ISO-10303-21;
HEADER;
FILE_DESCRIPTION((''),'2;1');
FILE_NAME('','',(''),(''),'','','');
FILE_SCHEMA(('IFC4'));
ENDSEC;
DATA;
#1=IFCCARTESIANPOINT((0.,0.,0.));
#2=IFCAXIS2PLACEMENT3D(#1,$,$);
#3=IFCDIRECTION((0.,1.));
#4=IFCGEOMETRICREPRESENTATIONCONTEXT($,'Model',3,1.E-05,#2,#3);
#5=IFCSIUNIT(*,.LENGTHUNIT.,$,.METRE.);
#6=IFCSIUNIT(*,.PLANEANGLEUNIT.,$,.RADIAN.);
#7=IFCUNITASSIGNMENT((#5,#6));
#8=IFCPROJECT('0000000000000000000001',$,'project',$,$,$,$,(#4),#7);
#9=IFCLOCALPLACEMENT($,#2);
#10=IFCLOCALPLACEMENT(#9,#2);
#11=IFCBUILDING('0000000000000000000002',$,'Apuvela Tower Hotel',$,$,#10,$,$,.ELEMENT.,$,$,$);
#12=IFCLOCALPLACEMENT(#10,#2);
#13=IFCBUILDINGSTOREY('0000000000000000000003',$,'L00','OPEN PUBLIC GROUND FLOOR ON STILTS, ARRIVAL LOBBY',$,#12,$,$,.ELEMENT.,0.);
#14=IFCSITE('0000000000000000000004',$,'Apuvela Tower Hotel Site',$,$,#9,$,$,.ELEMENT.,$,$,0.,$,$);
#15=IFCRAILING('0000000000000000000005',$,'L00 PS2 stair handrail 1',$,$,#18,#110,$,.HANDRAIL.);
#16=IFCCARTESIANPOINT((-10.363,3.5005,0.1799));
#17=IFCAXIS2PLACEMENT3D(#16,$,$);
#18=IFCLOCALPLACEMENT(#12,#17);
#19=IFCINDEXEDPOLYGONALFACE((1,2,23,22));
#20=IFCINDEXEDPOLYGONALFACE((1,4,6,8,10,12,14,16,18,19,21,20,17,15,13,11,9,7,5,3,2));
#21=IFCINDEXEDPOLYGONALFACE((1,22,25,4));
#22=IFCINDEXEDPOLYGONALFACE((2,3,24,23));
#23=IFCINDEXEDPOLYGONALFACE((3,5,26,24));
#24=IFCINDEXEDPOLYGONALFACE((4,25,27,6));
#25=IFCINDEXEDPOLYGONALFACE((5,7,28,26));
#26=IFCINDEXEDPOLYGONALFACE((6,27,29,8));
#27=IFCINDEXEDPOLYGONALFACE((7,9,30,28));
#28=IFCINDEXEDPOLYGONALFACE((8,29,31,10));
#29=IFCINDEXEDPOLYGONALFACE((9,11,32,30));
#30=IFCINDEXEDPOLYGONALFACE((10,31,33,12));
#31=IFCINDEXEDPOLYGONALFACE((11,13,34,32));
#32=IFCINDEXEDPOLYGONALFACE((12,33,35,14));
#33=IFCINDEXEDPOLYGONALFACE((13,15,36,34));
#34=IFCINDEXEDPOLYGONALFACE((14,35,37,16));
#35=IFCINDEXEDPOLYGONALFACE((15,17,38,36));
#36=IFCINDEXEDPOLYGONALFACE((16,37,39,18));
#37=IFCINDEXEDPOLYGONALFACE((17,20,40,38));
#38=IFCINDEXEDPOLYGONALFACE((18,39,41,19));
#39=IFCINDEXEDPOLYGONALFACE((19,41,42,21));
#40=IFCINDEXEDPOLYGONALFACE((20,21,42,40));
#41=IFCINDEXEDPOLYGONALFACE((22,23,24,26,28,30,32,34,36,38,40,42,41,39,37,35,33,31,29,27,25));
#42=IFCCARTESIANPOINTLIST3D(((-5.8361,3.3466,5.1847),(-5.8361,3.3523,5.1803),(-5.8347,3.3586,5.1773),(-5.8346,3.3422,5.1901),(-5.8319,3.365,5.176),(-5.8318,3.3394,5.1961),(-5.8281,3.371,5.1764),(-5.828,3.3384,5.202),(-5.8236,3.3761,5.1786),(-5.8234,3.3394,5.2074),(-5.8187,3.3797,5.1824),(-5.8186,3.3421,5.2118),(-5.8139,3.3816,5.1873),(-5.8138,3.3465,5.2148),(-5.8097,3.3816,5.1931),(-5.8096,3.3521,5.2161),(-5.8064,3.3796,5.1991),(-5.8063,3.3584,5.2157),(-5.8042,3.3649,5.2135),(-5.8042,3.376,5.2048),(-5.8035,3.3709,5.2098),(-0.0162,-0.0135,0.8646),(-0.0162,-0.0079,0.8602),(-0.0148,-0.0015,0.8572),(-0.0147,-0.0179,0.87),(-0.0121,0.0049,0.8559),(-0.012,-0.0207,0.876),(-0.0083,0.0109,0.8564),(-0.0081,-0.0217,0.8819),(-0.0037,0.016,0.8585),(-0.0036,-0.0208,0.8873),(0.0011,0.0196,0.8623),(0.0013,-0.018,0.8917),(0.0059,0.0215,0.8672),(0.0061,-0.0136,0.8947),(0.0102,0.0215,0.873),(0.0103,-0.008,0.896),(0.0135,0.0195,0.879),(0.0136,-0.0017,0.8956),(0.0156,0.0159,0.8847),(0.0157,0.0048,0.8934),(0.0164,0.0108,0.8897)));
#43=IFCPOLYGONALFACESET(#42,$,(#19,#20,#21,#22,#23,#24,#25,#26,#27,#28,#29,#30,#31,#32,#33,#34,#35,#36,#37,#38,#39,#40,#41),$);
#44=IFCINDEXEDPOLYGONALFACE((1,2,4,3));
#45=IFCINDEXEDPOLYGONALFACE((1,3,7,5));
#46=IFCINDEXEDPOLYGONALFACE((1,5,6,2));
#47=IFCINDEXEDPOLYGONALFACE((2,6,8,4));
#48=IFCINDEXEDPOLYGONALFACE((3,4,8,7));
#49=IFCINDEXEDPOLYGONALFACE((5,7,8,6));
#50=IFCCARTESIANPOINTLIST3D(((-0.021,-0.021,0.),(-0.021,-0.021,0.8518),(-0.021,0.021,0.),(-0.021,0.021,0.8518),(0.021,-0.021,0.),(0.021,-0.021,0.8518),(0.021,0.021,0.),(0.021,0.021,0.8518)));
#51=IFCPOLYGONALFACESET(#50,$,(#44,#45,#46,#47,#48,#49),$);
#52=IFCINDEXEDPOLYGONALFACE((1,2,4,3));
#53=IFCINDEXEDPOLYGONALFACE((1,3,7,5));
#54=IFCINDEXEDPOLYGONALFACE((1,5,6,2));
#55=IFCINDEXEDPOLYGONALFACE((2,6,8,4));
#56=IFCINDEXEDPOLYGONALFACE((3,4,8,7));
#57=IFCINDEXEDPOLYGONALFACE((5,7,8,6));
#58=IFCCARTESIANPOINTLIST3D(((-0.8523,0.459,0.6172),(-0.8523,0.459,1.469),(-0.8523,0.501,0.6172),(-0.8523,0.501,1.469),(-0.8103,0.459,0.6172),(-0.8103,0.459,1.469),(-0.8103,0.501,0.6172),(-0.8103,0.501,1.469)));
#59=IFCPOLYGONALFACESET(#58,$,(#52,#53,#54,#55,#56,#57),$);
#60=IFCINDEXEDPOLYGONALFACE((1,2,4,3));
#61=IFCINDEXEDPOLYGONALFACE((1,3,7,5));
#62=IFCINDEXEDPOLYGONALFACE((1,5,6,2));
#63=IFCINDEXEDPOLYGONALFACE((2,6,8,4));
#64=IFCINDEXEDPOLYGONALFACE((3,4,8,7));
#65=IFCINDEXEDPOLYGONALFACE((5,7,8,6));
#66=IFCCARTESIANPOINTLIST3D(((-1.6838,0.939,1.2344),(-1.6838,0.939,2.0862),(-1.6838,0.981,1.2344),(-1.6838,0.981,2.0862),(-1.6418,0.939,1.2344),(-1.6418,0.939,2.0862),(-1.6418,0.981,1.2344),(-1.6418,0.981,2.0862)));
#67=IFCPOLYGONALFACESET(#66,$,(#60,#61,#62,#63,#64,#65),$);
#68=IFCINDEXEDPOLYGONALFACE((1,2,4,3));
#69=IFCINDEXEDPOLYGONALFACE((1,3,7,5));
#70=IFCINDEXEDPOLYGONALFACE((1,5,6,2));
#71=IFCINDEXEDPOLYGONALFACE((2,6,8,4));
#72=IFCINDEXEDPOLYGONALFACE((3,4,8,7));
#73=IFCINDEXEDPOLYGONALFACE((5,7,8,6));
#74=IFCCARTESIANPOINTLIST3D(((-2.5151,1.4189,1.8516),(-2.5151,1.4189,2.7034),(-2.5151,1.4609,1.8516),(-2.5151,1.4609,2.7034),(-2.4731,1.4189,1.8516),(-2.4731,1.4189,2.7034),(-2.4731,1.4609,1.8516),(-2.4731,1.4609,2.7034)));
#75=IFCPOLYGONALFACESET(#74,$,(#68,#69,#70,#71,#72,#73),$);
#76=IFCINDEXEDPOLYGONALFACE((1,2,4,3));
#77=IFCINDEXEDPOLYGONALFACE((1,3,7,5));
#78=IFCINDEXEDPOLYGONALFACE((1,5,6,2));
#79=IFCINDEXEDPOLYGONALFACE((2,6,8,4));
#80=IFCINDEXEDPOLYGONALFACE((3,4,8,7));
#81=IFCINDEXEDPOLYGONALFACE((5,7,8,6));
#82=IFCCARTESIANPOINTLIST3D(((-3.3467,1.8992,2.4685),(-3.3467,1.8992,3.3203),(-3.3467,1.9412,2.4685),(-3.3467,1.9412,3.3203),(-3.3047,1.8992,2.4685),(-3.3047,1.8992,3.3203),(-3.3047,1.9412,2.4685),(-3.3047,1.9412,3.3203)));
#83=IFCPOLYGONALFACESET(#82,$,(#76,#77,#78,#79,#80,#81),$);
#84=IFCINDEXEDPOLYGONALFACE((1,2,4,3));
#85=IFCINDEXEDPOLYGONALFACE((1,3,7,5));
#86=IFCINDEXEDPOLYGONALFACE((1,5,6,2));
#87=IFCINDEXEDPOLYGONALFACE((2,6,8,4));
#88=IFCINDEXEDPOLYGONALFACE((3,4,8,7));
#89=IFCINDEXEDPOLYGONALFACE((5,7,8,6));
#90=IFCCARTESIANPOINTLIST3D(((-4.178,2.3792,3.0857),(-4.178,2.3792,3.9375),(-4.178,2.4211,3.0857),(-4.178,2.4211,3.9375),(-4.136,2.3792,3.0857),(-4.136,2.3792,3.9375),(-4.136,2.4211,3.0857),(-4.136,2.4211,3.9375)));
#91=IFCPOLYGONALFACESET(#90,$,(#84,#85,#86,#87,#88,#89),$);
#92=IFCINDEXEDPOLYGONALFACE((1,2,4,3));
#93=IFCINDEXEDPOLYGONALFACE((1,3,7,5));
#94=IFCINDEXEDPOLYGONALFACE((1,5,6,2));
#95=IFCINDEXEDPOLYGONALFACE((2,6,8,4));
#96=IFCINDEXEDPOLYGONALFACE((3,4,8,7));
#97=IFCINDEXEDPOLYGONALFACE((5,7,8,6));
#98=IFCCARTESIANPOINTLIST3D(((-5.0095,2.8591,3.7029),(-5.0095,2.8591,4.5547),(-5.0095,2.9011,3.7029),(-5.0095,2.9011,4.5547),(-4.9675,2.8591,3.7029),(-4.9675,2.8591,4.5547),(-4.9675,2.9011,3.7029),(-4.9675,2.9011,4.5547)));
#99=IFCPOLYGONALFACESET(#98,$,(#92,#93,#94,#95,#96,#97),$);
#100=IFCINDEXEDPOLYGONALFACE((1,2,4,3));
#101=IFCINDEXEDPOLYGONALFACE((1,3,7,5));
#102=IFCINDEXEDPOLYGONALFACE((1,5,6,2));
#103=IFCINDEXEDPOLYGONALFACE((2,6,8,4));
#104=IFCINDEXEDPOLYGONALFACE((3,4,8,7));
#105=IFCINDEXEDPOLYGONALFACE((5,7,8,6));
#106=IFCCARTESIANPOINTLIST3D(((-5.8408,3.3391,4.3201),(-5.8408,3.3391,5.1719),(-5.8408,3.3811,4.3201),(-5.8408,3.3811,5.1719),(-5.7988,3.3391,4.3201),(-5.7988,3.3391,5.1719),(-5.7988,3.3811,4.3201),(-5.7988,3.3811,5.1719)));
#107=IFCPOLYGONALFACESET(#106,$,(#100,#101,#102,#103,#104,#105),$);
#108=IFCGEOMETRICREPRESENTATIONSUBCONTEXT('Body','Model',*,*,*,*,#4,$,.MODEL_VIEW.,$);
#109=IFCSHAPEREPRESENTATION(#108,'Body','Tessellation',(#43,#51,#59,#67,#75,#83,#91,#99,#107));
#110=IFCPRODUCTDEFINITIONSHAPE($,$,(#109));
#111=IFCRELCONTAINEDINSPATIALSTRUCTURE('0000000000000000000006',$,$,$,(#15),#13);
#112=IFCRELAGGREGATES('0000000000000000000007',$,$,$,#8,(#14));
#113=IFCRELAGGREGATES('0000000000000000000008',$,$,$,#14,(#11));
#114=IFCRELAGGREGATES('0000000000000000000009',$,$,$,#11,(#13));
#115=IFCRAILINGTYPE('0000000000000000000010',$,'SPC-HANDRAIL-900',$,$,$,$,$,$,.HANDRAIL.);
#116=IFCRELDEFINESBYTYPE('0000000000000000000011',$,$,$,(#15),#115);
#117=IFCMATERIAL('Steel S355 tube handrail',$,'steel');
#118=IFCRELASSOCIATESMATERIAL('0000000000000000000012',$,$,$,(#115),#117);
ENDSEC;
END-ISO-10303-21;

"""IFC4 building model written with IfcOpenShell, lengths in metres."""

from ifc_helpers import new_model, si_unit, direction, frame, origin, origin_2d, place, context, subcontext, project, spatial, rectangle, circle, extrude, material, type_object, element, save


model = new_model("IFC4")

# Units and contexts
model_context = context("Model", 3, precision=1e-05, world=origin(), true_north=direction((0.0, 1.0)))
body_context = subcontext(model_context, "Body", "Model", "MODEL_VIEW")
ifc_project = project(units=[si_unit("LENGTHUNIT", "METRE"), si_unit("PLANEANGLEUNIT", "RADIAN")], contexts=[model_context])

# Site, building, storey
site_placement = place(None, origin())
site = spatial("IfcSite", under=ifc_project, at=site_placement, Name="Apuvela Tower Hotel Site", CompositionType="ELEMENT", RefElevation=0.0)
building_placement = place(site_placement, origin())
building = spatial("IfcBuilding", under=site, at=building_placement, Name="Apuvela Tower Hotel", CompositionType="ELEMENT")
storey_placement = place(building_placement, origin())
storey = spatial("IfcBuildingStorey", under=building, at=storey_placement, Name="L00", Description="OPEN PUBLIC GROUND FLOOR ON STILTS, ARRIVAL LOBBY", CompositionType="ELEMENT", Elevation=0.0)

# Railing
ifc_material_1 = material(Name="Steel S355 tube handrail", Category="steel")
railing_type_1 = type_object("IfcRailingType", Name="SPC-HANDRAIL-900", PredefinedType="HANDRAIL", material=ifc_material_1)
railing_1_placement = place(storey_placement, frame((-10.363, 3.5005, 0.1799)))
element("IfcRailing", 1, at=railing_1_placement, inside=storey, type_object=railing_type_1, Name="L00 PS2 stair handrail 1", PredefinedType="HANDRAIL", context=body_context, shape_type="SweptSolid", body=[
    extrude(circle(Radius=0.0239, at=origin_2d()), frame((0.0, 0.0, 0.876), z_axis=(-0.728482, 0.420593, 0.540754), x_axis=(-0.500003, -0.866023, 0.0)), (0.0, 0.0, 1.0), 7.989),
    extrude(rectangle(XDim=0.042, YDim=0.042, at=origin_2d()), origin(), (0.0, 0.0, 1.0), 0.8518),
    extrude(rectangle(XDim=0.042, YDim=0.042, at=origin_2d()), frame((-0.8313, 0.48, 0.6172)), (0.0, 0.0, 1.0), 0.8518),
    extrude(rectangle(XDim=0.042, YDim=0.042, at=origin_2d()), frame((-1.6628, 0.96, 1.2344)), (0.0, 0.0, 1.0), 0.8518),
    extrude(rectangle(XDim=0.042, YDim=0.042, at=origin_2d()), frame((-2.4941, 1.4399, 1.8516)), (0.0, 0.0, 1.0), 0.8518),
    extrude(rectangle(XDim=0.042, YDim=0.042, at=origin_2d()), frame((-3.3257, 1.9202, 2.4685)), (0.0, 0.0, 1.0), 0.8518),
    extrude(rectangle(XDim=0.042, YDim=0.042, at=origin_2d()), frame((-4.157, 2.4001, 3.0857)), (0.0, 0.0, 1.0), 0.8518),
    extrude(rectangle(XDim=0.042, YDim=0.042, at=origin_2d()), frame((-4.9885, 2.8801, 3.7029)), (0.0, 0.0, 1.0), 0.8518),
    extrude(rectangle(XDim=0.042, YDim=0.042, at=origin_2d()), frame((-5.8198, 3.3601, 4.3201)), (0.0, 0.0, 1.0), 0.8518),
])

save(model, "model.ifc")
